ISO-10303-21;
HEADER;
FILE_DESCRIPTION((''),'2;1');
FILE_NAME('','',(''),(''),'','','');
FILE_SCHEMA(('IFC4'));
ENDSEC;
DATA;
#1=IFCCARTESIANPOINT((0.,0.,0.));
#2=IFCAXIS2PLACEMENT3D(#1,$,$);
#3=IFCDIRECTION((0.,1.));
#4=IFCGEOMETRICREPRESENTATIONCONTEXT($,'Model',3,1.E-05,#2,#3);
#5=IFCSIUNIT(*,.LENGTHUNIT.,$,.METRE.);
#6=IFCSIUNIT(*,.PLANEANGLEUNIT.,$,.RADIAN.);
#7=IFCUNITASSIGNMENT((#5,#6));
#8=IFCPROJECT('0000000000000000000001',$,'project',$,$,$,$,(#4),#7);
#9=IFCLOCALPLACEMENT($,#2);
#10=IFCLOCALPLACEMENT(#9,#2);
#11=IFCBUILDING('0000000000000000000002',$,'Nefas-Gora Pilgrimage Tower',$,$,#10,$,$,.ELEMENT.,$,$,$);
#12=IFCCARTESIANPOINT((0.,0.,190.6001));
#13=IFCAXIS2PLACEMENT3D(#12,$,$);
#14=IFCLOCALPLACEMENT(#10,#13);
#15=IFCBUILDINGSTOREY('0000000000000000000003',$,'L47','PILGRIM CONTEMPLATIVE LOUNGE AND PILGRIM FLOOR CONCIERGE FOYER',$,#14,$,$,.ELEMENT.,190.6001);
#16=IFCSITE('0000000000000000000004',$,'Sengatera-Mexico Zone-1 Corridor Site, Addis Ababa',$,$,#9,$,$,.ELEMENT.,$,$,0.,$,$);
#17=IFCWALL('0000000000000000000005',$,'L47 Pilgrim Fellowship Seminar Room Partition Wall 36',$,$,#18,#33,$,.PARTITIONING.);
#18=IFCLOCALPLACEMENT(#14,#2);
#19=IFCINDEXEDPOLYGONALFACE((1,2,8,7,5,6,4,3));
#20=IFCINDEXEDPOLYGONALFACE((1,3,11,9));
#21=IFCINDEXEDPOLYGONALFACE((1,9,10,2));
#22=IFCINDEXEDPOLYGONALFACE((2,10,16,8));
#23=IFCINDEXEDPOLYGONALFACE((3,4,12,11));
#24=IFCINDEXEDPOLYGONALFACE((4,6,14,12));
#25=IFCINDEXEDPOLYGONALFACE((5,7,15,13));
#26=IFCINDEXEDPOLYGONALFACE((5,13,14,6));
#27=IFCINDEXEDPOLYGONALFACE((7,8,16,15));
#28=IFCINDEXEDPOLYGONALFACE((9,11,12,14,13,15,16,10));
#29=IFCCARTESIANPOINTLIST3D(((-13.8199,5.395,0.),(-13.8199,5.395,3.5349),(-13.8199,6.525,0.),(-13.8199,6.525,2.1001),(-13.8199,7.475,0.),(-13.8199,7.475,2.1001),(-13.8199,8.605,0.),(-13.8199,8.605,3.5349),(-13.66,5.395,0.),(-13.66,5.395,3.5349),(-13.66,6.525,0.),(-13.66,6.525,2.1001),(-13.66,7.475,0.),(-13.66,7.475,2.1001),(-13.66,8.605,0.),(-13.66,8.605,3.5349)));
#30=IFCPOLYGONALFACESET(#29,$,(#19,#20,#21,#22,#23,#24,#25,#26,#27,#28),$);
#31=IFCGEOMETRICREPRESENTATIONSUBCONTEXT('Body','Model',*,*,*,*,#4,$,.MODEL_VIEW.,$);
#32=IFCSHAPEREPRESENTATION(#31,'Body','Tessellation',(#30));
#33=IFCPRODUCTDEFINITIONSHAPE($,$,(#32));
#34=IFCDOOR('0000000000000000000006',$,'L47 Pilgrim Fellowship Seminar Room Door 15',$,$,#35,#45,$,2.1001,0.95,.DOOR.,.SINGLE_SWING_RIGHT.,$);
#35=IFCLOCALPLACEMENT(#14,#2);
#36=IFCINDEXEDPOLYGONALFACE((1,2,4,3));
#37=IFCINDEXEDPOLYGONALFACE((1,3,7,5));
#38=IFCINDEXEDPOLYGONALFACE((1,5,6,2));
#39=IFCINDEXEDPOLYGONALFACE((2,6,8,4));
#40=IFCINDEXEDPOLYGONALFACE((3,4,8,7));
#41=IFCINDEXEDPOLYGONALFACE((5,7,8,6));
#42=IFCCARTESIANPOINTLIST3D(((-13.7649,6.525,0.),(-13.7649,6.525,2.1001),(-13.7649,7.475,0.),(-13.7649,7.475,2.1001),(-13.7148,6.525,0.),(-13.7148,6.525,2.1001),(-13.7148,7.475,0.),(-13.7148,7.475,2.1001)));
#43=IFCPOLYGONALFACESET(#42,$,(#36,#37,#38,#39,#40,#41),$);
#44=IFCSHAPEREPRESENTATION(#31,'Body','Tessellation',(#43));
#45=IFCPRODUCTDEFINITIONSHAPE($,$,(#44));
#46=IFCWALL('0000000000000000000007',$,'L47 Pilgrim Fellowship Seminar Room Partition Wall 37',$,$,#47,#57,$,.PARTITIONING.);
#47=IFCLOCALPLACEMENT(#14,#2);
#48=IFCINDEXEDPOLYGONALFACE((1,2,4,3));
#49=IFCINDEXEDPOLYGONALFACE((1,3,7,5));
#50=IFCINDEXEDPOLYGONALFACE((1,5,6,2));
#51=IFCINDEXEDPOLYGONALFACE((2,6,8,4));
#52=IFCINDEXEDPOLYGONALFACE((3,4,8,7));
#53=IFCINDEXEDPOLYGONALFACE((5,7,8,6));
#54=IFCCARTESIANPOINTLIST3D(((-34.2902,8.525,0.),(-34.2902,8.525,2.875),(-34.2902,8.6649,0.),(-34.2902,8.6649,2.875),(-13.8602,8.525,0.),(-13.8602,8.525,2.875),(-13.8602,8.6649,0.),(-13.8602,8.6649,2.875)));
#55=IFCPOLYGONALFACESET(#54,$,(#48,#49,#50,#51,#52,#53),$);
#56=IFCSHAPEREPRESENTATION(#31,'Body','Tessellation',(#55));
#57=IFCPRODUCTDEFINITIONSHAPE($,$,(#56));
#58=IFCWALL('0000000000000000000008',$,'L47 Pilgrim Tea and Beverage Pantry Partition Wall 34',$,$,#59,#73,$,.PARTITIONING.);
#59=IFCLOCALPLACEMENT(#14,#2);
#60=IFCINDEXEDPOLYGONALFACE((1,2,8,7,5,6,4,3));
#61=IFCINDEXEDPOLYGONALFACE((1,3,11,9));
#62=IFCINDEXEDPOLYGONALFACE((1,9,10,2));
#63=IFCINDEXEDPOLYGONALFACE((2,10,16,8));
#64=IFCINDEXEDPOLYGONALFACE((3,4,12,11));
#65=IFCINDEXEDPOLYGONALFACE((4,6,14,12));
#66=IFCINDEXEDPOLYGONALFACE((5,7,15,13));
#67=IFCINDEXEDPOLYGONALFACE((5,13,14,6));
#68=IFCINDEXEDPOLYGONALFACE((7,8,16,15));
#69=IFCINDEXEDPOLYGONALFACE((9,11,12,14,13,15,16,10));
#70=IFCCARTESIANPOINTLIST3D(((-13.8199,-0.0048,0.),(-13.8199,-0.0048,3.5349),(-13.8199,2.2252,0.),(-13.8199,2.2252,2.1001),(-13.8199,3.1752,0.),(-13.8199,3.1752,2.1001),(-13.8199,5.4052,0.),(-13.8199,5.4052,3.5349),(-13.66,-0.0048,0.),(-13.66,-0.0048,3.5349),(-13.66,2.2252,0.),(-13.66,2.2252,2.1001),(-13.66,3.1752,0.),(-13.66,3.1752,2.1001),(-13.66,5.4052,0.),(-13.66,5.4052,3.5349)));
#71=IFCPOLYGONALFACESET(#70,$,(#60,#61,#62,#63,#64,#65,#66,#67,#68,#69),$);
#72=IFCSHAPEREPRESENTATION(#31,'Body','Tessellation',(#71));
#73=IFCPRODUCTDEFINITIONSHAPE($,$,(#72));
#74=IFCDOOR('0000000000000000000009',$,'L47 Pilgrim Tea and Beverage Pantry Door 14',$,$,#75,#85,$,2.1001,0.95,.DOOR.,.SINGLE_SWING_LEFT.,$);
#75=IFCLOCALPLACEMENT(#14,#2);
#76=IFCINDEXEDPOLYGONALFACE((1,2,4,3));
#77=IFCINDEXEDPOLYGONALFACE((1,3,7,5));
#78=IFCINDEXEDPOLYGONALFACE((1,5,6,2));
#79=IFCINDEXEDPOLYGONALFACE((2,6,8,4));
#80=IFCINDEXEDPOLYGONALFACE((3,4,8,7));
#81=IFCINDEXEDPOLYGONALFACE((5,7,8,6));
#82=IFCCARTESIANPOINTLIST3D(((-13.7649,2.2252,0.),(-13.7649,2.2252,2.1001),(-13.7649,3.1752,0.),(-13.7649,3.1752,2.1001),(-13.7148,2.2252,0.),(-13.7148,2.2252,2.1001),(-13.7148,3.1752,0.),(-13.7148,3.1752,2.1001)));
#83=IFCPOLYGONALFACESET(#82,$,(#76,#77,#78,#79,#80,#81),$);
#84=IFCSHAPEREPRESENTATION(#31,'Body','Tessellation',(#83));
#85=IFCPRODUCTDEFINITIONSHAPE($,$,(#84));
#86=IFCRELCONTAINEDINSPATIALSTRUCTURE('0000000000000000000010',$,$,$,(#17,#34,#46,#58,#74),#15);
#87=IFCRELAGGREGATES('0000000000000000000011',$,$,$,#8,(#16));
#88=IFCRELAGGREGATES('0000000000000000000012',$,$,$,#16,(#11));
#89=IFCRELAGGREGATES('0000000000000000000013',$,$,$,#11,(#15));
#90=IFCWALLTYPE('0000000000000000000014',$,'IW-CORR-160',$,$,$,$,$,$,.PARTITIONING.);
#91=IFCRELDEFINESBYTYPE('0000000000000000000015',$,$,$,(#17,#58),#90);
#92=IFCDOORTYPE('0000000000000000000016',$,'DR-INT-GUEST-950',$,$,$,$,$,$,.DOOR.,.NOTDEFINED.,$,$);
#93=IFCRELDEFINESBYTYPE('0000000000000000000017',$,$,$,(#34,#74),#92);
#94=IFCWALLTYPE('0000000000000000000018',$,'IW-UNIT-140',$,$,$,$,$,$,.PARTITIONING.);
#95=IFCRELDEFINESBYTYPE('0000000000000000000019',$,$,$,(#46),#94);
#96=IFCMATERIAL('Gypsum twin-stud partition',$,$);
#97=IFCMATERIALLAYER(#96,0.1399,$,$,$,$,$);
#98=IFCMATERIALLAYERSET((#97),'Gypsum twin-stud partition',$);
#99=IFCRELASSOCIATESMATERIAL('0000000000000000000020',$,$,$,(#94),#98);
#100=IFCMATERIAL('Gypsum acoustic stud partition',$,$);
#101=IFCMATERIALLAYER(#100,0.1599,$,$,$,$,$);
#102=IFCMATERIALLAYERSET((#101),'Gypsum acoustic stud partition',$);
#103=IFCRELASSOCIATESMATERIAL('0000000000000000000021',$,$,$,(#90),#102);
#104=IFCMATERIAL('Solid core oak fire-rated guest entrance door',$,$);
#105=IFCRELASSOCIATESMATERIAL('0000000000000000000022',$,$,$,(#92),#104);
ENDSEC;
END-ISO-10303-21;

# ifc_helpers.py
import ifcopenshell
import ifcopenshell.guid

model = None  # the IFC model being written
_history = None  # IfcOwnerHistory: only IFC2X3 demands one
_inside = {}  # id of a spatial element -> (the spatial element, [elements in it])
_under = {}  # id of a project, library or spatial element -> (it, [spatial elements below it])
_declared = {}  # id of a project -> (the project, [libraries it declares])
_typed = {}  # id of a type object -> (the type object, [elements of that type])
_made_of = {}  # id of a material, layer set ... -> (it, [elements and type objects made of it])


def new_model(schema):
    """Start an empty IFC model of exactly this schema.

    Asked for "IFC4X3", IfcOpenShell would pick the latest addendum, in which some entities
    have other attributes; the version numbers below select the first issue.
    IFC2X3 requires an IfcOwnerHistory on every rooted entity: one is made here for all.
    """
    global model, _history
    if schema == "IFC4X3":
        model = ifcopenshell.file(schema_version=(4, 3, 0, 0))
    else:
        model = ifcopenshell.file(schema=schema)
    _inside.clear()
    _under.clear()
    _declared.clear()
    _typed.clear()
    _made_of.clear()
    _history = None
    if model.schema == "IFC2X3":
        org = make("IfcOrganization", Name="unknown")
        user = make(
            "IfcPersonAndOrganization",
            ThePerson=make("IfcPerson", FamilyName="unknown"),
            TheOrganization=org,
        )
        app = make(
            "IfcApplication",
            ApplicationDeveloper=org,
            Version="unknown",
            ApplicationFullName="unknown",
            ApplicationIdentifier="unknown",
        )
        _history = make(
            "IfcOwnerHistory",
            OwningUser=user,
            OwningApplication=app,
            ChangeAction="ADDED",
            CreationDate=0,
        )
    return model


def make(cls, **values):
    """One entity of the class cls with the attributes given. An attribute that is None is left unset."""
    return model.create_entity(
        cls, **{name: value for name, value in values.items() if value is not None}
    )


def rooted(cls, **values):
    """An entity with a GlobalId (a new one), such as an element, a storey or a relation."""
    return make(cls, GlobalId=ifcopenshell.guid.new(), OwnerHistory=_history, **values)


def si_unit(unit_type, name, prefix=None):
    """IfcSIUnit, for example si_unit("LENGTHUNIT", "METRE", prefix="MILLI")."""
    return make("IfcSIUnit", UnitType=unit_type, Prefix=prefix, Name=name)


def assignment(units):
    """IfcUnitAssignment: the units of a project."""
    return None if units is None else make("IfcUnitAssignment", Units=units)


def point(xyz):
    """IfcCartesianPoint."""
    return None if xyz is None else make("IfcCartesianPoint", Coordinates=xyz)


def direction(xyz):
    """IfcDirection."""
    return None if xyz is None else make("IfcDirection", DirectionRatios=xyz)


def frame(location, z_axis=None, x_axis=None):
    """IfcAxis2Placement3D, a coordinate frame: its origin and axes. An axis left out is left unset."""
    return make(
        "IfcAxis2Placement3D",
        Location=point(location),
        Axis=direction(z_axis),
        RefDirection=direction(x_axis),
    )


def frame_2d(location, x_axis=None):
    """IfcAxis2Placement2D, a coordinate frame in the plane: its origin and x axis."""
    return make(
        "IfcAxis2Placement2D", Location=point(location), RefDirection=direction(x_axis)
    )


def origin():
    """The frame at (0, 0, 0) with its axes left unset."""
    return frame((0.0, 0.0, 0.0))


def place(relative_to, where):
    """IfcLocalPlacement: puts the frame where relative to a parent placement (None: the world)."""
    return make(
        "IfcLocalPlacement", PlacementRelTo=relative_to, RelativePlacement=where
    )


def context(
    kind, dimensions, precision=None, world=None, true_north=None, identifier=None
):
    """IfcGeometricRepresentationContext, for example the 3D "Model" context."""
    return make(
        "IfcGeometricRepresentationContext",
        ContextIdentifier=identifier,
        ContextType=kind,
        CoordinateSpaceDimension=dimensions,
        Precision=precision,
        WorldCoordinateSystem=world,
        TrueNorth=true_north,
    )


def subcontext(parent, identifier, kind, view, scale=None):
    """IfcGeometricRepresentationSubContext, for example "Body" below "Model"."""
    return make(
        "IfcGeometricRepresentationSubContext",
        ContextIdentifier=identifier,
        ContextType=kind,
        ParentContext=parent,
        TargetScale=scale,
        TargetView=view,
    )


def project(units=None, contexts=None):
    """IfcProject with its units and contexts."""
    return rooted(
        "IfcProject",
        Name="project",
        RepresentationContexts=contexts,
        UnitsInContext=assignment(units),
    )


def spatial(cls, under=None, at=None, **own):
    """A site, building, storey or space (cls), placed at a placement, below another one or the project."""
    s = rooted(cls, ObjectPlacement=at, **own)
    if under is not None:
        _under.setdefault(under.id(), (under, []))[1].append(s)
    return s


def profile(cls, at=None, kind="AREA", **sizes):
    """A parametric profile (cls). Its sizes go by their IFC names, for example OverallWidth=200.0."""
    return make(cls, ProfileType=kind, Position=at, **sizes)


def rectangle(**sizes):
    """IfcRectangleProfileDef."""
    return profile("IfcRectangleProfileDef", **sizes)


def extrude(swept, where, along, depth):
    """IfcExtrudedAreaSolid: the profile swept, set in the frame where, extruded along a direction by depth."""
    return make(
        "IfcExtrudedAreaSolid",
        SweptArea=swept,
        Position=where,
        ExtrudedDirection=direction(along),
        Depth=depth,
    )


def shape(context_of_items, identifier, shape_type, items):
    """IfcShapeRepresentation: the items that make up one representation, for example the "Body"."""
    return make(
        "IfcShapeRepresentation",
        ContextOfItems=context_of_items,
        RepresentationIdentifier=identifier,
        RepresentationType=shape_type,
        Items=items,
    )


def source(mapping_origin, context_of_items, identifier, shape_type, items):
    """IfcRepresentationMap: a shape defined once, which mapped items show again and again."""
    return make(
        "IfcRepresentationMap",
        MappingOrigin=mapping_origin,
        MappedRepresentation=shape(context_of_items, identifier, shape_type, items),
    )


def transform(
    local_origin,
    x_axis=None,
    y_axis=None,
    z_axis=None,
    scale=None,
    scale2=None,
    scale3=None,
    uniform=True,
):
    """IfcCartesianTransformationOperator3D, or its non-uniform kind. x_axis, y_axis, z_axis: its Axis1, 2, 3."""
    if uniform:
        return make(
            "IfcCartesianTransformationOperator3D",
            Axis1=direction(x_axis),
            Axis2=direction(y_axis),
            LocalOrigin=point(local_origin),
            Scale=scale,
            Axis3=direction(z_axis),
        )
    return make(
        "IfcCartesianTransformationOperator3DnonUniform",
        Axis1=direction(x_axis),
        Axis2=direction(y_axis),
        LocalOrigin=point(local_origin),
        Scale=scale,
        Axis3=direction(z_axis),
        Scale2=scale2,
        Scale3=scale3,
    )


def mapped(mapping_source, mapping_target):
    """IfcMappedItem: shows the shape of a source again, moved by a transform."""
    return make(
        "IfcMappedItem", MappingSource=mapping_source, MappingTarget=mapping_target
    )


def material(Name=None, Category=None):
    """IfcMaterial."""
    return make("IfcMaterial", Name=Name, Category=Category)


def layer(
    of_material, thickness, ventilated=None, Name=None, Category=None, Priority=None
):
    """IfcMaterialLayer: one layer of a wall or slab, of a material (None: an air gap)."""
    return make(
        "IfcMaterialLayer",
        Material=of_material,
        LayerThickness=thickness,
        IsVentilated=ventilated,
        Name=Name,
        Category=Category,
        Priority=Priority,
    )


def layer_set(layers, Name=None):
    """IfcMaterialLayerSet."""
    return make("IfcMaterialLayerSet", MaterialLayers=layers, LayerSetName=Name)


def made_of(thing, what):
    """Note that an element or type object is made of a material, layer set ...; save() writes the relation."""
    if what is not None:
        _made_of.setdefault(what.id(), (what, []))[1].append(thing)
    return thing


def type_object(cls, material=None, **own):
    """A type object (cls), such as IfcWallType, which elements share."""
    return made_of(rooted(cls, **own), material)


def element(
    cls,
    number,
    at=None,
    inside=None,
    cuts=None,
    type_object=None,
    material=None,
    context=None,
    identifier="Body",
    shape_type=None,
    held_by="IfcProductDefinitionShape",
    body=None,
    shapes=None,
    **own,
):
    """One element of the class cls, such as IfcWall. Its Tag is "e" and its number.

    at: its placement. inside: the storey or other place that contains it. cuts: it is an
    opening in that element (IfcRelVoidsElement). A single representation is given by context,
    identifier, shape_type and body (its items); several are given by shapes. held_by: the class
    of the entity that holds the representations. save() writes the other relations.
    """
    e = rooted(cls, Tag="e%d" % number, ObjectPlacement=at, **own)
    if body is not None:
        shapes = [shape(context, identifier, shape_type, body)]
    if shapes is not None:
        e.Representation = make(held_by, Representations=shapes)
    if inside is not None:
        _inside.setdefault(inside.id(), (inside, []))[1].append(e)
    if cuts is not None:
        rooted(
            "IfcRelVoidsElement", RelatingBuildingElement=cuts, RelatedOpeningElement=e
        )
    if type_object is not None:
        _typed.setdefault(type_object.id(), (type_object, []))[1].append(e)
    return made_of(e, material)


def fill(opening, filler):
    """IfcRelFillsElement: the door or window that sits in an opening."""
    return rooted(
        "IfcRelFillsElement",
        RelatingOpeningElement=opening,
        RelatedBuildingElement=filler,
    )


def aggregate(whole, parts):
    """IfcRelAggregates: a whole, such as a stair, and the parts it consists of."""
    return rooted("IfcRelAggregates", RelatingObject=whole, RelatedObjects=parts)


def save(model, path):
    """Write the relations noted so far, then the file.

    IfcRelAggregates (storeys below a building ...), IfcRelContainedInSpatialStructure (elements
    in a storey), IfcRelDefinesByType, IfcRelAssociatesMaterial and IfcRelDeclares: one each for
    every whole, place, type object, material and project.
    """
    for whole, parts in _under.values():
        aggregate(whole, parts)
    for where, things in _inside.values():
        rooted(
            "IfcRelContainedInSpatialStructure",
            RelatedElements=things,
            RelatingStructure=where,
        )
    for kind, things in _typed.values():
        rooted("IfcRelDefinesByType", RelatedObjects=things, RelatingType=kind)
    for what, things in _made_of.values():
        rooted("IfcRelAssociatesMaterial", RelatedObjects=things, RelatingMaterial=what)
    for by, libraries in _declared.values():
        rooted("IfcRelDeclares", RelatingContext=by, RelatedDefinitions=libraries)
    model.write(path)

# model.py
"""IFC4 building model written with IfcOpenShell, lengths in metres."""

from ifc_helpers import new_model, si_unit, direction, frame, frame_2d, origin, place, context, subcontext, project, spatial, rectangle, extrude, source, transform, mapped, material, layer, layer_set, type_object, element, fill, save


model = new_model("IFC4")

# Units and contexts
model_context = context("Model", 3, precision=1e-05, world=origin(), true_north=direction((0.0, 1.0)))
body_context = subcontext(model_context, "Body", "Model", "MODEL_VIEW")
ifc_project = project(units=[si_unit("LENGTHUNIT", "METRE"), si_unit("PLANEANGLEUNIT", "RADIAN")], contexts=[model_context])

# Site, building, storey
site_placement = place(None, origin())
site = spatial("IfcSite", under=ifc_project, at=site_placement, Name="Sengatera-Mexico Zone-1 Corridor Site, Addis Ababa", CompositionType="ELEMENT", RefElevation=0.0)
building_placement = place(site_placement, origin())
building = spatial("IfcBuilding", under=site, at=building_placement, Name="Nefas-Gora Pilgrimage Tower", CompositionType="ELEMENT")
storey_placement = place(building_placement, frame((0.0, 0.0, 190.6001)))
storey = spatial("IfcBuildingStorey", under=building, at=storey_placement, Name="L47", Description="PILGRIM CONTEMPLATIVE LOUNGE AND PILGRIM FLOOR CONCIERGE FOYER", CompositionType="ELEMENT", Elevation=190.6001)

# Shared definitions
ifc_material_1 = material(Name="Gypsum twin-stud partition")
ifc_layer_1 = layer(ifc_material_1, 0.1399)
ifc_layer_set_1 = layer_set([ifc_layer_1], Name="Gypsum twin-stud partition")
wall_type_1 = type_object("IfcWallType", Name="IW-UNIT-140", PredefinedType="PARTITIONING", material=ifc_layer_set_1)

# Wall, opening, door
ifc_material_2 = material(Name="Gypsum acoustic stud partition")
ifc_layer_2 = layer(ifc_material_2, 0.1599)
ifc_layer_set_2 = layer_set([ifc_layer_2], Name="Gypsum acoustic stud partition")
wall_type_2 = type_object("IfcWallType", Name="IW-CORR-160", PredefinedType="PARTITIONING", material=ifc_layer_set_2)
ifc_material_3 = material(Name="Solid core oak fire-rated guest entrance door")
door_type = type_object("IfcDoorType", Name="DR-INT-GUEST-950", OperationType="NOTDEFINED", PredefinedType="DOOR", material=ifc_material_3)
shared_shape_1 = source(origin(), body_context, "Body", "SweptSolid", [
    extrude(rectangle(XDim=0.95, YDim=2.1001, at=frame_2d((0.4751, 1.05))), frame((0.0, 0.0249, 0.0), z_axis=(0.0, -1.0, 0.0), x_axis=(1.0, 0.0, 0.0)), (0.0, 0.0, 1.0), 0.05),
])
shared_shape_2 = source(origin(), body_context, "Body", "SweptSolid", [
    extrude(rectangle(XDim=3.21, YDim=0.1599, at=frame_2d((1.605, 0.0))), origin(), (0.0, 0.0, 1.0), 3.5349),
])
wall_1_placement = place(storey_placement, frame((-13.74, 5.395, 0.0), z_axis=(0.0, 0.0, 1.0), x_axis=(0.0, 1.0, 0.0)))
wall_1 = element("IfcWall", 1, at=wall_1_placement, inside=storey, type_object=wall_type_2, Name="L47 Pilgrim Fellowship Seminar Room Partition Wall 36", PredefinedType="PARTITIONING", context=body_context, shape_type="MappedRepresentation", body=[
    mapped(shared_shape_2, transform((0.0, 0.0, 0.0), x_axis=(1.0, 0.0, 0.0), y_axis=(0.0, 1.0, 0.0), z_axis=(0.0, 0.0, 1.0), scale=1.0)),
])
opening_1_placement = place(wall_1_placement, frame((1.1299, 0.0, 0.0)))
opening_1 = element("IfcOpeningElement", 2, at=opening_1_placement, cuts=wall_1, PredefinedType="OPENING", context=body_context, shape_type="SweptSolid", body=[
    extrude(rectangle(XDim=0.95, YDim=2.1001, at=frame_2d((0.4751, 1.05))), frame((0.0, 0.0898, 0.0), z_axis=(0.0, -1.0, 0.0), x_axis=(1.0, 0.0, 0.0)), (0.0, 0.0, 1.0), 0.1799),
])
door_1_placement = place(opening_1_placement, origin())
door_1 = element("IfcDoor", 3, at=door_1_placement, inside=storey, type_object=door_type, Name="L47 Pilgrim Fellowship Seminar Room Door 15", OperationType="SINGLE_SWING_RIGHT", OverallHeight=2.1001, OverallWidth=0.95, PredefinedType="DOOR", context=body_context, shape_type="MappedRepresentation", body=[
    mapped(shared_shape_1, transform((0.0, 0.0, 0.0), x_axis=(1.0, 0.0, 0.0), y_axis=(0.0, 1.0, 0.0), z_axis=(0.0, 0.0, 1.0), scale=1.0)),
])
fill(opening_1, door_1)

# Wall
shared_shape_3 = source(origin(), body_context, "Body", "SweptSolid", [
    extrude(rectangle(XDim=20.4299, YDim=0.1399, at=frame_2d((10.2148, 0.0))), origin(), (0.0, 0.0, 1.0), 2.875),
])
wall_2_placement = place(storey_placement, frame((-34.29, 8.595, 0.0), z_axis=(0.0, 0.0, 1.0), x_axis=(1.0, 0.0, 0.0)))
element("IfcWall", 4, at=wall_2_placement, inside=storey, type_object=wall_type_1, Name="L47 Pilgrim Fellowship Seminar Room Partition Wall 37", PredefinedType="PARTITIONING", context=body_context, shape_type="MappedRepresentation", body=[
    mapped(shared_shape_3, transform((0.0, 0.0, 0.0), x_axis=(1.0, 0.0, 0.0), y_axis=(0.0, 1.0, 0.0), z_axis=(0.0, 0.0, 1.0), scale=1.0)),
])

# Wall, opening, door
shared_shape_4 = source(origin(), body_context, "Body", "SweptSolid", [
    extrude(rectangle(XDim=5.4099, YDim=0.1599, at=frame_2d((2.7051, 0.0))), origin(), (0.0, 0.0, 1.0), 3.5349),
])
wall_3_placement = place(storey_placement, frame((-13.74, -0.0049, 0.0), z_axis=(0.0, 0.0, 1.0), x_axis=(0.0, 1.0, 0.0)))
wall_3 = element("IfcWall", 5, at=wall_3_placement, inside=storey, type_object=wall_type_2, Name="L47 Pilgrim Tea and Beverage Pantry Partition Wall 34", PredefinedType="PARTITIONING", context=body_context, shape_type="MappedRepresentation", body=[
    mapped(shared_shape_4, transform((0.0, 0.0, 0.0), x_axis=(1.0, 0.0, 0.0), y_axis=(0.0, 1.0, 0.0), z_axis=(0.0, 0.0, 1.0), scale=1.0)),
])
opening_2_placement = place(wall_3_placement, frame((2.23, 0.0, 0.0)))
opening_2 = element("IfcOpeningElement", 6, at=opening_2_placement, cuts=wall_3, PredefinedType="OPENING", context=body_context, shape_type="SweptSolid", body=[
    extrude(rectangle(XDim=0.95, YDim=2.1001, at=frame_2d((0.4751, 1.05))), frame((0.0, 0.0898, 0.0), z_axis=(0.0, -1.0, 0.0), x_axis=(1.0, 0.0, 0.0)), (0.0, 0.0, 1.0), 0.1799),
])
door_2_placement = place(opening_2_placement, origin())
door_2 = element("IfcDoor", 7, at=door_2_placement, inside=storey, type_object=door_type, Name="L47 Pilgrim Tea and Beverage Pantry Door 14", OperationType="SINGLE_SWING_LEFT", OverallHeight=2.1001, OverallWidth=0.95, PredefinedType="DOOR", context=body_context, shape_type="MappedRepresentation", body=[
    mapped(shared_shape_1, transform((0.0, 0.0, 0.0), x_axis=(1.0, 0.0, 0.0), y_axis=(0.0, 1.0, 0.0), z_axis=(0.0, 0.0, 1.0), scale=1.0)),
])
fill(opening_2, door_2)

save(model, "model.ifc")
